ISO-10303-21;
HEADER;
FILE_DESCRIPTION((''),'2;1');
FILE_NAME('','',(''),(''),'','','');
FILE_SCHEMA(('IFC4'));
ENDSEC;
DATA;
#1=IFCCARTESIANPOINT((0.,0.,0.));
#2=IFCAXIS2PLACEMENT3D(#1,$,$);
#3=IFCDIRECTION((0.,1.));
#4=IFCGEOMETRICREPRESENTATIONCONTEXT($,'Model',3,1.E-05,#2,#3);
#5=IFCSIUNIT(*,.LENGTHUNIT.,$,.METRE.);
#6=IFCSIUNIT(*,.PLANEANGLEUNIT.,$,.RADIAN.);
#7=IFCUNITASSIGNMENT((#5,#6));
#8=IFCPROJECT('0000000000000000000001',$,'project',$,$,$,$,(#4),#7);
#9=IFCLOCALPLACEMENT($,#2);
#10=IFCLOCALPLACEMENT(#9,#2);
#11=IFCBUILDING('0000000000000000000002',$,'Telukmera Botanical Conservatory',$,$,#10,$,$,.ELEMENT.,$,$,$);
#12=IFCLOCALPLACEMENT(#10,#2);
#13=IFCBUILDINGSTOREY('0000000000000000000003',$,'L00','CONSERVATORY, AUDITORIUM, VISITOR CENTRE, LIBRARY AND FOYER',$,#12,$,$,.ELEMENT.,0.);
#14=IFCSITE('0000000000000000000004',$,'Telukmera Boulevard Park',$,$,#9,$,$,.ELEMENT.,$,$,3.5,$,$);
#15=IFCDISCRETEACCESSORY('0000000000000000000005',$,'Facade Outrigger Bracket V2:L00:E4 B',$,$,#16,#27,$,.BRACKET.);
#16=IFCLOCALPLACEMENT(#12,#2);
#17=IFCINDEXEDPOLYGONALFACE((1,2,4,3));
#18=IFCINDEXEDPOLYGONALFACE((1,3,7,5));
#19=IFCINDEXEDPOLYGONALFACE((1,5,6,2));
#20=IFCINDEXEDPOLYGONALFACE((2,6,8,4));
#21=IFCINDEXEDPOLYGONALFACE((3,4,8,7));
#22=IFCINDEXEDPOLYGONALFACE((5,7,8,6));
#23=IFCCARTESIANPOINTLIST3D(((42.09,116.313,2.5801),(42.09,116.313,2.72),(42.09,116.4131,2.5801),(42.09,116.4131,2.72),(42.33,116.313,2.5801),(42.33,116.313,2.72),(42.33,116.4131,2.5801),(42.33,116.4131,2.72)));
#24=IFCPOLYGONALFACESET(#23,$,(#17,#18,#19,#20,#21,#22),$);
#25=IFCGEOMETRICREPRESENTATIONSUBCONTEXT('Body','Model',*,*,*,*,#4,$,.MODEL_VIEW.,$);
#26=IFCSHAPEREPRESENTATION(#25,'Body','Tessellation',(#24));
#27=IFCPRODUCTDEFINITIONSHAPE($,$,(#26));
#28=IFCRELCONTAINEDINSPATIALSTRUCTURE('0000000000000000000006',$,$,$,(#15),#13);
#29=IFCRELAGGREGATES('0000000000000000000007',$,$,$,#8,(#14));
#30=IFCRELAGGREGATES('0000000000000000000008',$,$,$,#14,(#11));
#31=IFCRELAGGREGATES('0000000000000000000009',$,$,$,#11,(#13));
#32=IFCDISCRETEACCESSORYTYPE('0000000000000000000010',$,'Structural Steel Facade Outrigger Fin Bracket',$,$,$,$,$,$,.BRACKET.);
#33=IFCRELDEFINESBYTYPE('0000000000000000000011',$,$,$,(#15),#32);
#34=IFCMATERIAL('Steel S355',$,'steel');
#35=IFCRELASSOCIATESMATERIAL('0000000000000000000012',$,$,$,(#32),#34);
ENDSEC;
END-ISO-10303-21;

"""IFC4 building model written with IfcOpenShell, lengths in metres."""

from ifc_helpers import new_model, si_unit, direction, frame, origin, origin_2d, place, context, subcontext, project, spatial, rectangle, extrude, material, type_object, element, save


model = new_model("IFC4")

# Units and contexts
model_context = context("Model", 3, precision=1e-05, world=origin(), true_north=direction((0.0, 1.0)))
body_context = subcontext(model_context, "Body", "Model", "MODEL_VIEW")
ifc_project = project(units=[si_unit("LENGTHUNIT", "METRE"), si_unit("PLANEANGLEUNIT", "RADIAN")], contexts=[model_context])

# Site, building, storey
site_placement = place(None, origin())
site = spatial("IfcSite", under=ifc_project, at=site_placement, Name="Telukmera Boulevard Park", CompositionType="ELEMENT", RefElevation=3.5)
building_placement = place(site_placement, origin())
building = spatial("IfcBuilding", under=site, at=building_placement, Name="Telukmera Botanical Conservatory", CompositionType="ELEMENT")
storey_placement = place(building_placement, origin())
storey = spatial("IfcBuildingStorey", under=building, at=storey_placement, Name="L00", Description="CONSERVATORY, AUDITORIUM, VISITOR CENTRE, LIBRARY AND FOYER", CompositionType="ELEMENT", Elevation=0.0)

# Discrete accessory
ifc_material_1 = material(Name="Steel S355", Category="steel")
discrete_accessory_type = type_object("IfcDiscreteAccessoryType", Name="Structural Steel Facade Outrigger Fin Bracket", PredefinedType="BRACKET", material=ifc_material_1)
discrete_accessory_placement = place(storey_placement, frame((42.21, 116.363, 2.5801), z_axis=(0.0, 0.0, 1.0), x_axis=(0.0, 1.0, 0.0)))
element("IfcDiscreteAccessory", 1, at=discrete_accessory_placement, inside=storey, type_object=discrete_accessory_type, Name="Facade Outrigger Bracket V2:L00:E4 B", PredefinedType="BRACKET", context=body_context, shape_type="SweptSolid", body=[
    extrude(rectangle(XDim=0.1001, YDim=0.24, at=origin_2d()), origin(), (0.0, 0.0, 1.0), 0.1399),
])

save(model, "model.ifc")
